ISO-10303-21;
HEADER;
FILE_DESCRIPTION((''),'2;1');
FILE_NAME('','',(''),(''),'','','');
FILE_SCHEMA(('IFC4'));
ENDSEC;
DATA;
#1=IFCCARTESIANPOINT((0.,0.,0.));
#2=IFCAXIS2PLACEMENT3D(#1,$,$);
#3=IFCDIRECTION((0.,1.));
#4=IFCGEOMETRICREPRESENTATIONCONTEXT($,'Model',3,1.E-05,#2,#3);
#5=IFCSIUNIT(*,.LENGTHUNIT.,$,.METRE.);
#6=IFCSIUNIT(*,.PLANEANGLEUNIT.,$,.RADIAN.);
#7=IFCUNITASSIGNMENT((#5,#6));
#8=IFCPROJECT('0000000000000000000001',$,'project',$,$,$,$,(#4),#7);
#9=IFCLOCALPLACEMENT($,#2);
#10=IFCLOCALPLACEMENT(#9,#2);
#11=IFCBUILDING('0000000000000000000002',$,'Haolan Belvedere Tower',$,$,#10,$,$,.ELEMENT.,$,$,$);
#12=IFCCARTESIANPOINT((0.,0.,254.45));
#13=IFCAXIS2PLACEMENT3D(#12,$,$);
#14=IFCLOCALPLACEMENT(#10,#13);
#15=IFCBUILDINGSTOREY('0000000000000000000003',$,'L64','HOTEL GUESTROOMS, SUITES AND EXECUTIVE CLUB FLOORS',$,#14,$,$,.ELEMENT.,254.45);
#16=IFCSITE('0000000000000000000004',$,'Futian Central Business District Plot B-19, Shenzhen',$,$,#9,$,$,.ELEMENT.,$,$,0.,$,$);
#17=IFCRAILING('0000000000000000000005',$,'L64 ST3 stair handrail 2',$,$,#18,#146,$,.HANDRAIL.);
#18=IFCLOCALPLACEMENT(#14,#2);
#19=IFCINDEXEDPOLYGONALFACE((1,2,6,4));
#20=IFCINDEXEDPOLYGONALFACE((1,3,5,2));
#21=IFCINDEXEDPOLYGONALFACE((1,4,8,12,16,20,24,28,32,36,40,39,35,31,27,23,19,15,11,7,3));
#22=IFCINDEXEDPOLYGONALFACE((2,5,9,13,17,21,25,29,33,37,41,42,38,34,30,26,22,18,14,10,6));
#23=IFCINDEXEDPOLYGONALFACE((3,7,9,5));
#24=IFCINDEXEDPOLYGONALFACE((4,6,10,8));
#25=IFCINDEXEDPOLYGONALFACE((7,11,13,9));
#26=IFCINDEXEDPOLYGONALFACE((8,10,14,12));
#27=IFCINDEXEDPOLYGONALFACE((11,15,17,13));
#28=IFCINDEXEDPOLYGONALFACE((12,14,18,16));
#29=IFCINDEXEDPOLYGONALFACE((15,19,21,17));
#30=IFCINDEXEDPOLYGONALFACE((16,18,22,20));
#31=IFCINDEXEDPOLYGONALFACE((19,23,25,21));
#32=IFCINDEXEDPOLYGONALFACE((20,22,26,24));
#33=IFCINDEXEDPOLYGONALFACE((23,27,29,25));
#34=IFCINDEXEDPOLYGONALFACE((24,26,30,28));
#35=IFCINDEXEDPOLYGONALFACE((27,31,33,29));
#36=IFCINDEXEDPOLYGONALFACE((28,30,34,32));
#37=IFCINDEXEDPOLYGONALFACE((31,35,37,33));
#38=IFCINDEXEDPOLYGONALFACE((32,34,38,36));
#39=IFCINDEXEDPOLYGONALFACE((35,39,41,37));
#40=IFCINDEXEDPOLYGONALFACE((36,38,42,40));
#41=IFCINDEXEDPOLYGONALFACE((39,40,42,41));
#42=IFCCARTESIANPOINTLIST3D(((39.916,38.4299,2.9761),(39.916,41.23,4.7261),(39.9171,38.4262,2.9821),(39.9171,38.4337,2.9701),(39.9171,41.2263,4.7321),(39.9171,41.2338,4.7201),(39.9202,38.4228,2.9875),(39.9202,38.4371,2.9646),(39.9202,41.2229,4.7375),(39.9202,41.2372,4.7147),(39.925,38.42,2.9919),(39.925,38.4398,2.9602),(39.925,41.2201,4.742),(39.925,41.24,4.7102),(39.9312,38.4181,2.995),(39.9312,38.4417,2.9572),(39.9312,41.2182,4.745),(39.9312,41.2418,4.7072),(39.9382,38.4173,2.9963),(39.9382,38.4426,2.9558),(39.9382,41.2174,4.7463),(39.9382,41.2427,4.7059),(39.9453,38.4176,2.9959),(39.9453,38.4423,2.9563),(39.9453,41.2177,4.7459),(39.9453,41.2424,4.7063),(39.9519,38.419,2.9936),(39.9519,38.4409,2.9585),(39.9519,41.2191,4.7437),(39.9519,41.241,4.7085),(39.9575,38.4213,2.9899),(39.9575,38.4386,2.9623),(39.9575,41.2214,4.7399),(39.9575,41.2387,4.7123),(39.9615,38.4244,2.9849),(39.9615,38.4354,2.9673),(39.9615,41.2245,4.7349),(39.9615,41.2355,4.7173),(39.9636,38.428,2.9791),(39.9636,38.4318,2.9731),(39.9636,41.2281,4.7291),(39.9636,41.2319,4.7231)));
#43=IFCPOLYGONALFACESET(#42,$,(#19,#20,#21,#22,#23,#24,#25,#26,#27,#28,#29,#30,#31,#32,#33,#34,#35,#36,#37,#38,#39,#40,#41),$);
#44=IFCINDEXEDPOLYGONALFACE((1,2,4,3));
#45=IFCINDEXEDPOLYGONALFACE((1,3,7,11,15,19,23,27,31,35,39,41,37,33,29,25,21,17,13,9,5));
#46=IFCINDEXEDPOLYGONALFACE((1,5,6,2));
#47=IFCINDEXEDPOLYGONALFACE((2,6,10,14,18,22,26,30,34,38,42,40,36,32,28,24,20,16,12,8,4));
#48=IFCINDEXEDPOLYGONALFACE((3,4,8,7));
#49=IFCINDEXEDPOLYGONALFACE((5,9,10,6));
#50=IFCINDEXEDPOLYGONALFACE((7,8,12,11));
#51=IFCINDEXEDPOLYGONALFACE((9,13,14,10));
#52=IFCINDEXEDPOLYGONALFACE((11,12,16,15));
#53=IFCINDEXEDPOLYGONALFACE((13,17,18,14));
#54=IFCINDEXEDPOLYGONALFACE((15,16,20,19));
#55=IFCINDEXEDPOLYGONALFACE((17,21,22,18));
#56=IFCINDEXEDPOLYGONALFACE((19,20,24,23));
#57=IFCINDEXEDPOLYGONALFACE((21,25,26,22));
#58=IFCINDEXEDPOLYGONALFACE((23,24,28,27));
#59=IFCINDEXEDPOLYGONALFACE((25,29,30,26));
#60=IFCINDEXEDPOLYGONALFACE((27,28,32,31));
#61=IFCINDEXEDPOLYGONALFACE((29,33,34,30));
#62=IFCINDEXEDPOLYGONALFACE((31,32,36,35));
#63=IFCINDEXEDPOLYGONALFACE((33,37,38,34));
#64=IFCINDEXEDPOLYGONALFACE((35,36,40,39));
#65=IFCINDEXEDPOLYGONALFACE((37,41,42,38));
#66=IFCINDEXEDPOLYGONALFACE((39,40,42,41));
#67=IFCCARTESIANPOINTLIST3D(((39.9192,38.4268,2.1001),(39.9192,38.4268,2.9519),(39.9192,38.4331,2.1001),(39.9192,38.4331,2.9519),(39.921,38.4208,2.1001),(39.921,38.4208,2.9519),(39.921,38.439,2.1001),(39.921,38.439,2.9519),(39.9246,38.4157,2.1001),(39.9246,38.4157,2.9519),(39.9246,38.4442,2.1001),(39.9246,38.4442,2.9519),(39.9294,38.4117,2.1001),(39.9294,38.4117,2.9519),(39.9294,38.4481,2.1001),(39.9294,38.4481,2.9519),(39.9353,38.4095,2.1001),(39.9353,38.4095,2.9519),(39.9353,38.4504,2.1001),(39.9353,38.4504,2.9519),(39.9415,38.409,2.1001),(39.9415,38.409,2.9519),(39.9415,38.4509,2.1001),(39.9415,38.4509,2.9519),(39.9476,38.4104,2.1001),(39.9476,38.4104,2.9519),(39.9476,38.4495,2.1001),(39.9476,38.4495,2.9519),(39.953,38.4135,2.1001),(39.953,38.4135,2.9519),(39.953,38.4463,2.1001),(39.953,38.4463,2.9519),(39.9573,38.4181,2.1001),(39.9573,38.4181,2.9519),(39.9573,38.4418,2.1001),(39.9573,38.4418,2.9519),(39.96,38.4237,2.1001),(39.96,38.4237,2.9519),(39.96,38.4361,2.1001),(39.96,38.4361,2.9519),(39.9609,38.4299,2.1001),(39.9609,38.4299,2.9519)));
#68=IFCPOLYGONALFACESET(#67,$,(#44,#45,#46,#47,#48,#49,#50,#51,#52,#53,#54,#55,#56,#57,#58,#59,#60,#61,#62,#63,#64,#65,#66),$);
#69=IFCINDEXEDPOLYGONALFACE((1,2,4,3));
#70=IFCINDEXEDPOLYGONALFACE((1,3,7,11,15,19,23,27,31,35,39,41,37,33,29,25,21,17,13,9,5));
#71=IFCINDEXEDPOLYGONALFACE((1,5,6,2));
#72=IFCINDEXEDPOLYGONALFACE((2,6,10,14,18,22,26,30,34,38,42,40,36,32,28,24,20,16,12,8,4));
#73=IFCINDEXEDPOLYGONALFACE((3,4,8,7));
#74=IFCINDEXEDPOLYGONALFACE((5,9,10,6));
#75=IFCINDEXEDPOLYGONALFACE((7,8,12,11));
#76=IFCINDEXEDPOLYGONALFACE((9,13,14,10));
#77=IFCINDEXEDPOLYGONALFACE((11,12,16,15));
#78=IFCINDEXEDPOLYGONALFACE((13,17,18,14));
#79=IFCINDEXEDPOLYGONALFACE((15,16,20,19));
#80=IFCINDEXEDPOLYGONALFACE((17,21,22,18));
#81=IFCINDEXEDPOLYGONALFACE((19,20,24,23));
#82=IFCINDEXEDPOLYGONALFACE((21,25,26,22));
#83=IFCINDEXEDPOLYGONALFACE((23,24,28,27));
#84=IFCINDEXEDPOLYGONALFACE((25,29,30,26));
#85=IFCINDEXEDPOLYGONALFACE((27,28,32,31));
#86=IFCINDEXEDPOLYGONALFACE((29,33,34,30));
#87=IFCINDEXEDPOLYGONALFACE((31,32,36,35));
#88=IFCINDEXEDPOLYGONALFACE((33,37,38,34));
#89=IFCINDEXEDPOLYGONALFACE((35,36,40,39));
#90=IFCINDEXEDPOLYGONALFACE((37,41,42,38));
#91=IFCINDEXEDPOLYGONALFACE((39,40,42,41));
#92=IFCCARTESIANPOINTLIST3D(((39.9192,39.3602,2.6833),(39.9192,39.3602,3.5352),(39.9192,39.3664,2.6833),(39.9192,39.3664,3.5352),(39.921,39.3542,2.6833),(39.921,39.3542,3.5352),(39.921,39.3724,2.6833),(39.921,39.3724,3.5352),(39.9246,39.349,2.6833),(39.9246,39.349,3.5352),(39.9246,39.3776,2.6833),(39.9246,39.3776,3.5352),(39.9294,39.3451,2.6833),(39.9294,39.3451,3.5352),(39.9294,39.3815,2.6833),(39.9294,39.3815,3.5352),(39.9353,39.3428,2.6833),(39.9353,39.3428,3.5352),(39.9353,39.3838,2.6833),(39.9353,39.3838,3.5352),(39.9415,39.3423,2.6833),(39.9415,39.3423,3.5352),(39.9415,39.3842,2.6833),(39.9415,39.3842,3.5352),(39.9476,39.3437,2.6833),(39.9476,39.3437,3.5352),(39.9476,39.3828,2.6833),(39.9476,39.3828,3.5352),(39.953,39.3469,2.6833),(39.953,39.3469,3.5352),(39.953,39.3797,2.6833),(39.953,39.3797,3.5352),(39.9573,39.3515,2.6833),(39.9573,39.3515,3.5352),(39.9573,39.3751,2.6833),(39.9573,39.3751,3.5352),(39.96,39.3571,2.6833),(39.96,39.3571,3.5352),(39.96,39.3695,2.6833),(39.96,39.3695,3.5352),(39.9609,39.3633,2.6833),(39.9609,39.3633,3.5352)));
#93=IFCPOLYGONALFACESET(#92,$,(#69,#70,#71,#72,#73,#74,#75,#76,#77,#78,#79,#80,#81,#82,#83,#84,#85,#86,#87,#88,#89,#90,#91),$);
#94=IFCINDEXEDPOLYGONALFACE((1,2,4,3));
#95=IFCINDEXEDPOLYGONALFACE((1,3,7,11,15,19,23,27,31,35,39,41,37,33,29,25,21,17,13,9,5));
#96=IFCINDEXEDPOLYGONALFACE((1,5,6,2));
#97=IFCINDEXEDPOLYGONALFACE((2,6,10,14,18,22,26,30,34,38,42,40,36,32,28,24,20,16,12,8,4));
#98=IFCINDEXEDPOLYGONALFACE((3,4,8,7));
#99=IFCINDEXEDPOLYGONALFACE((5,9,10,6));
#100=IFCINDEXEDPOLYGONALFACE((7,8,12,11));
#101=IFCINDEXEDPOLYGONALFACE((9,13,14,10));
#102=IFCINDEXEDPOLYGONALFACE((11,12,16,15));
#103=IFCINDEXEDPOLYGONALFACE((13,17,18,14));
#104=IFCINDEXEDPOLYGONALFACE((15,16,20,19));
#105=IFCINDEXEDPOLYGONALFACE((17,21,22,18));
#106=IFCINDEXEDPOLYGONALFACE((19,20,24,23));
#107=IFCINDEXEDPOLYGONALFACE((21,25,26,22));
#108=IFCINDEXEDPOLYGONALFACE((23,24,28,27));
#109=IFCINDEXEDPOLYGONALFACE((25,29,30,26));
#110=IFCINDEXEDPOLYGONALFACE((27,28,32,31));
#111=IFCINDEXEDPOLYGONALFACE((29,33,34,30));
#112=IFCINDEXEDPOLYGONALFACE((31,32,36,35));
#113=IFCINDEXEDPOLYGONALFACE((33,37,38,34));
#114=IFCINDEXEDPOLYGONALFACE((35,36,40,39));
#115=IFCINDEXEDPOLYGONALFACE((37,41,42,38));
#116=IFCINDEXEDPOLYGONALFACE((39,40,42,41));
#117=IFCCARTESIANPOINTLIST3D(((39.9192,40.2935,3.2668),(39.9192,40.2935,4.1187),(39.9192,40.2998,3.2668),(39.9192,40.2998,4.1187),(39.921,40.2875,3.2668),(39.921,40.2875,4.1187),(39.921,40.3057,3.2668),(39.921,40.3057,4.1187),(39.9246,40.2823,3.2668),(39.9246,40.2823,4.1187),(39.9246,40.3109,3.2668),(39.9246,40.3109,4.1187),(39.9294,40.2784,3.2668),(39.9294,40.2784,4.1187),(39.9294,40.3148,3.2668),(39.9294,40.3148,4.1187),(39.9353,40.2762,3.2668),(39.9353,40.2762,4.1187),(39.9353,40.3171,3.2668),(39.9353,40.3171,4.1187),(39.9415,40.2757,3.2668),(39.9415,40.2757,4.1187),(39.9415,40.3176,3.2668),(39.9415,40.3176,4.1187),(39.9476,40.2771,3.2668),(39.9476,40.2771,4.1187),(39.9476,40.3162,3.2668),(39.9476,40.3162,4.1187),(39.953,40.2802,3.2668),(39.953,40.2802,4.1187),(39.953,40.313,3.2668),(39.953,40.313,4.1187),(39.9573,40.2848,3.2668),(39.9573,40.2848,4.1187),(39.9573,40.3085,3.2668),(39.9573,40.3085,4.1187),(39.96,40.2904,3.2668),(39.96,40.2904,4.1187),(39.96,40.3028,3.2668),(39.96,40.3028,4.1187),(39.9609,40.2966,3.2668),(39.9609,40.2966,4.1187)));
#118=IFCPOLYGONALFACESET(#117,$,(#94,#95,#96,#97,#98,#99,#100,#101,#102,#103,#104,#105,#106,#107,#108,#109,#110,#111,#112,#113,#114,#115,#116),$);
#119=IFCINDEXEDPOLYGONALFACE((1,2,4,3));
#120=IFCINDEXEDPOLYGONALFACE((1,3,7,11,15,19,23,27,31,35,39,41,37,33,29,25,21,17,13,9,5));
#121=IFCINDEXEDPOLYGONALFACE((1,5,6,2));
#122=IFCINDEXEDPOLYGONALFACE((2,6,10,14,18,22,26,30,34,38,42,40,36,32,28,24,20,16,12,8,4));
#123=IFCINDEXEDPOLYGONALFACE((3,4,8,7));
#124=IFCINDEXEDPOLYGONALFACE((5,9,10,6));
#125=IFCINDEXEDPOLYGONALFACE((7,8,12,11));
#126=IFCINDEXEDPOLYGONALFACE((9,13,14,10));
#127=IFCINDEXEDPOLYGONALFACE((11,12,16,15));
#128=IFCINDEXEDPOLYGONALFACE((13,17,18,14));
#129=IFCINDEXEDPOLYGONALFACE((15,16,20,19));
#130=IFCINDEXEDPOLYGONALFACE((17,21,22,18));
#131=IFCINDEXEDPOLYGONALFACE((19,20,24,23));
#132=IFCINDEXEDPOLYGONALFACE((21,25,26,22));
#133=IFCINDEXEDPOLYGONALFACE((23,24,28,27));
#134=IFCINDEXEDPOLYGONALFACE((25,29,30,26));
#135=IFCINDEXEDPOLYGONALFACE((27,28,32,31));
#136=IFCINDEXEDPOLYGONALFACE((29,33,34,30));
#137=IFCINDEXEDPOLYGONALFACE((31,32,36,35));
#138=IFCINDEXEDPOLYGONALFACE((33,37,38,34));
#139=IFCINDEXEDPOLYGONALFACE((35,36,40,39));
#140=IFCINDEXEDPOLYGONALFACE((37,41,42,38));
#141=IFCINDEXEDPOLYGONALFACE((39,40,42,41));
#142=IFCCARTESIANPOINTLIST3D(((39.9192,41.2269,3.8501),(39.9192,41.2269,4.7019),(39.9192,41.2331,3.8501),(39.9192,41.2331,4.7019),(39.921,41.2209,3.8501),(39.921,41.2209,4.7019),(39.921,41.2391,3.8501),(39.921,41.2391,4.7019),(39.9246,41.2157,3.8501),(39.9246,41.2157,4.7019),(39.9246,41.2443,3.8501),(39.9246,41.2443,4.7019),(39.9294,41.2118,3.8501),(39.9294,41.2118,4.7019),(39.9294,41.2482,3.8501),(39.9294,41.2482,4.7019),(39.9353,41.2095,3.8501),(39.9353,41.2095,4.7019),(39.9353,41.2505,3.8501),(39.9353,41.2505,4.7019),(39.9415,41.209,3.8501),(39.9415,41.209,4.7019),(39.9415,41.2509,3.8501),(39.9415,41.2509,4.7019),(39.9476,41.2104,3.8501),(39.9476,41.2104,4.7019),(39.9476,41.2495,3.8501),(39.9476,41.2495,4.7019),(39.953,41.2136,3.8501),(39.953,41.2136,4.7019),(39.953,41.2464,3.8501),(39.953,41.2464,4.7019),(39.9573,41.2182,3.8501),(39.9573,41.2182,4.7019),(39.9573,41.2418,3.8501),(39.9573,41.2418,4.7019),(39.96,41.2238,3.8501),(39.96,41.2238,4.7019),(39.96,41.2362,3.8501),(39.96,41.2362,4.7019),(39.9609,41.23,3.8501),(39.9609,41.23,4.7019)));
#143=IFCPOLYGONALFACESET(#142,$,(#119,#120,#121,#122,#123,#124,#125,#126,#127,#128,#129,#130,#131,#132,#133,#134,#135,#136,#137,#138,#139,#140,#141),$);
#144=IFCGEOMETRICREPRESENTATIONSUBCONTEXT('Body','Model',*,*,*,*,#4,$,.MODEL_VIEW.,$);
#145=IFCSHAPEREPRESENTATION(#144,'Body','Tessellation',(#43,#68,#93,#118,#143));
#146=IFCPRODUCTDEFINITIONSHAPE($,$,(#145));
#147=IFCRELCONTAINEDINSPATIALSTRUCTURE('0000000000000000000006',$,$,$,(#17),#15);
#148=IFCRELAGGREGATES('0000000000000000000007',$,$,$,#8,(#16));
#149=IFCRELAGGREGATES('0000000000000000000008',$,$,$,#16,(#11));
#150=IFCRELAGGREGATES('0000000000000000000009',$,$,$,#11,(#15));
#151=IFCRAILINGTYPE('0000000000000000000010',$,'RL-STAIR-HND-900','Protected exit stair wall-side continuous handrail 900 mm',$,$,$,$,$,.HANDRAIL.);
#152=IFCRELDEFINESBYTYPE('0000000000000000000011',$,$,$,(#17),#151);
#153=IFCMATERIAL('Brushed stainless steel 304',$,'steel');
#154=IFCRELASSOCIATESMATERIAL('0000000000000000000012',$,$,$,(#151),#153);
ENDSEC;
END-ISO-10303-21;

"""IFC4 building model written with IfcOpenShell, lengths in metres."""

from ifc_helpers import new_model, si_unit, direction, frame, origin, origin_2d, place, context, subcontext, project, spatial, circle, extrude, material, type_object, element, save


model = new_model("IFC4")

# Units and contexts
model_context = context("Model", 3, precision=1e-05, world=origin(), true_north=direction((0.0, 1.0)))
body_context = subcontext(model_context, "Body", "Model", "MODEL_VIEW")
ifc_project = project(units=[si_unit("LENGTHUNIT", "METRE"), si_unit("PLANEANGLEUNIT", "RADIAN")], contexts=[model_context])

# Site, building, storey
site_placement = place(None, origin())
site = spatial("IfcSite", under=ifc_project, at=site_placement, Name="Futian Central Business District Plot B-19, Shenzhen", CompositionType="ELEMENT", RefElevation=0.0)
building_placement = place(site_placement, origin())
building = spatial("IfcBuilding", under=site, at=building_placement, Name="Haolan Belvedere Tower", CompositionType="ELEMENT")
storey_placement = place(building_placement, frame((0.0, 0.0, 254.45)))
storey = spatial("IfcBuildingStorey", under=building, at=storey_placement, Name="L64", Description="HOTEL GUESTROOMS, SUITES AND EXECUTIVE CLUB FLOORS", CompositionType="ELEMENT", Elevation=254.45)

# Railing
ifc_material_1 = material(Name="Brushed stainless steel 304", Category="steel")
railing_type_1 = type_object("IfcRailingType", Name="RL-STAIR-HND-900", Description="Protected exit stair wall-side continuous handrail 900 mm", PredefinedType="HANDRAIL", material=ifc_material_1)
railing_1_placement = place(storey_placement, frame((39.9399, 38.4299, 2.1001)))
element("IfcRailing", 1, at=railing_1_placement, inside=storey, type_object=railing_type_1, Name="L64 ST3 stair handrail 2", PredefinedType="HANDRAIL", context=body_context, shape_type="SweptSolid", body=[
    extrude(circle(Radius=0.0239, at=origin_2d()), frame((0.0, 0.0, 0.876), z_axis=(0.0, 0.848002, 0.529992), x_axis=(-1.0, 0.0, 0.0)), (0.0, 0.0, 1.0), 3.302),
    extrude(circle(Radius=0.021, at=origin_2d()), origin(), (0.0, 0.0, 1.0), 0.8518),
    extrude(circle(Radius=0.021, at=origin_2d()), frame((0.0, 0.9333, 0.5833)), (0.0, 0.0, 1.0), 0.8518),
    extrude(circle(Radius=0.021, at=origin_2d()), frame((0.0, 1.8667, 1.1667)), (0.0, 0.0, 1.0), 0.8518),
    extrude(circle(Radius=0.021, at=origin_2d()), frame((0.0, 2.8, 1.75)), (0.0, 0.0, 1.0), 0.8518),
])

save(model, "model.ifc")
